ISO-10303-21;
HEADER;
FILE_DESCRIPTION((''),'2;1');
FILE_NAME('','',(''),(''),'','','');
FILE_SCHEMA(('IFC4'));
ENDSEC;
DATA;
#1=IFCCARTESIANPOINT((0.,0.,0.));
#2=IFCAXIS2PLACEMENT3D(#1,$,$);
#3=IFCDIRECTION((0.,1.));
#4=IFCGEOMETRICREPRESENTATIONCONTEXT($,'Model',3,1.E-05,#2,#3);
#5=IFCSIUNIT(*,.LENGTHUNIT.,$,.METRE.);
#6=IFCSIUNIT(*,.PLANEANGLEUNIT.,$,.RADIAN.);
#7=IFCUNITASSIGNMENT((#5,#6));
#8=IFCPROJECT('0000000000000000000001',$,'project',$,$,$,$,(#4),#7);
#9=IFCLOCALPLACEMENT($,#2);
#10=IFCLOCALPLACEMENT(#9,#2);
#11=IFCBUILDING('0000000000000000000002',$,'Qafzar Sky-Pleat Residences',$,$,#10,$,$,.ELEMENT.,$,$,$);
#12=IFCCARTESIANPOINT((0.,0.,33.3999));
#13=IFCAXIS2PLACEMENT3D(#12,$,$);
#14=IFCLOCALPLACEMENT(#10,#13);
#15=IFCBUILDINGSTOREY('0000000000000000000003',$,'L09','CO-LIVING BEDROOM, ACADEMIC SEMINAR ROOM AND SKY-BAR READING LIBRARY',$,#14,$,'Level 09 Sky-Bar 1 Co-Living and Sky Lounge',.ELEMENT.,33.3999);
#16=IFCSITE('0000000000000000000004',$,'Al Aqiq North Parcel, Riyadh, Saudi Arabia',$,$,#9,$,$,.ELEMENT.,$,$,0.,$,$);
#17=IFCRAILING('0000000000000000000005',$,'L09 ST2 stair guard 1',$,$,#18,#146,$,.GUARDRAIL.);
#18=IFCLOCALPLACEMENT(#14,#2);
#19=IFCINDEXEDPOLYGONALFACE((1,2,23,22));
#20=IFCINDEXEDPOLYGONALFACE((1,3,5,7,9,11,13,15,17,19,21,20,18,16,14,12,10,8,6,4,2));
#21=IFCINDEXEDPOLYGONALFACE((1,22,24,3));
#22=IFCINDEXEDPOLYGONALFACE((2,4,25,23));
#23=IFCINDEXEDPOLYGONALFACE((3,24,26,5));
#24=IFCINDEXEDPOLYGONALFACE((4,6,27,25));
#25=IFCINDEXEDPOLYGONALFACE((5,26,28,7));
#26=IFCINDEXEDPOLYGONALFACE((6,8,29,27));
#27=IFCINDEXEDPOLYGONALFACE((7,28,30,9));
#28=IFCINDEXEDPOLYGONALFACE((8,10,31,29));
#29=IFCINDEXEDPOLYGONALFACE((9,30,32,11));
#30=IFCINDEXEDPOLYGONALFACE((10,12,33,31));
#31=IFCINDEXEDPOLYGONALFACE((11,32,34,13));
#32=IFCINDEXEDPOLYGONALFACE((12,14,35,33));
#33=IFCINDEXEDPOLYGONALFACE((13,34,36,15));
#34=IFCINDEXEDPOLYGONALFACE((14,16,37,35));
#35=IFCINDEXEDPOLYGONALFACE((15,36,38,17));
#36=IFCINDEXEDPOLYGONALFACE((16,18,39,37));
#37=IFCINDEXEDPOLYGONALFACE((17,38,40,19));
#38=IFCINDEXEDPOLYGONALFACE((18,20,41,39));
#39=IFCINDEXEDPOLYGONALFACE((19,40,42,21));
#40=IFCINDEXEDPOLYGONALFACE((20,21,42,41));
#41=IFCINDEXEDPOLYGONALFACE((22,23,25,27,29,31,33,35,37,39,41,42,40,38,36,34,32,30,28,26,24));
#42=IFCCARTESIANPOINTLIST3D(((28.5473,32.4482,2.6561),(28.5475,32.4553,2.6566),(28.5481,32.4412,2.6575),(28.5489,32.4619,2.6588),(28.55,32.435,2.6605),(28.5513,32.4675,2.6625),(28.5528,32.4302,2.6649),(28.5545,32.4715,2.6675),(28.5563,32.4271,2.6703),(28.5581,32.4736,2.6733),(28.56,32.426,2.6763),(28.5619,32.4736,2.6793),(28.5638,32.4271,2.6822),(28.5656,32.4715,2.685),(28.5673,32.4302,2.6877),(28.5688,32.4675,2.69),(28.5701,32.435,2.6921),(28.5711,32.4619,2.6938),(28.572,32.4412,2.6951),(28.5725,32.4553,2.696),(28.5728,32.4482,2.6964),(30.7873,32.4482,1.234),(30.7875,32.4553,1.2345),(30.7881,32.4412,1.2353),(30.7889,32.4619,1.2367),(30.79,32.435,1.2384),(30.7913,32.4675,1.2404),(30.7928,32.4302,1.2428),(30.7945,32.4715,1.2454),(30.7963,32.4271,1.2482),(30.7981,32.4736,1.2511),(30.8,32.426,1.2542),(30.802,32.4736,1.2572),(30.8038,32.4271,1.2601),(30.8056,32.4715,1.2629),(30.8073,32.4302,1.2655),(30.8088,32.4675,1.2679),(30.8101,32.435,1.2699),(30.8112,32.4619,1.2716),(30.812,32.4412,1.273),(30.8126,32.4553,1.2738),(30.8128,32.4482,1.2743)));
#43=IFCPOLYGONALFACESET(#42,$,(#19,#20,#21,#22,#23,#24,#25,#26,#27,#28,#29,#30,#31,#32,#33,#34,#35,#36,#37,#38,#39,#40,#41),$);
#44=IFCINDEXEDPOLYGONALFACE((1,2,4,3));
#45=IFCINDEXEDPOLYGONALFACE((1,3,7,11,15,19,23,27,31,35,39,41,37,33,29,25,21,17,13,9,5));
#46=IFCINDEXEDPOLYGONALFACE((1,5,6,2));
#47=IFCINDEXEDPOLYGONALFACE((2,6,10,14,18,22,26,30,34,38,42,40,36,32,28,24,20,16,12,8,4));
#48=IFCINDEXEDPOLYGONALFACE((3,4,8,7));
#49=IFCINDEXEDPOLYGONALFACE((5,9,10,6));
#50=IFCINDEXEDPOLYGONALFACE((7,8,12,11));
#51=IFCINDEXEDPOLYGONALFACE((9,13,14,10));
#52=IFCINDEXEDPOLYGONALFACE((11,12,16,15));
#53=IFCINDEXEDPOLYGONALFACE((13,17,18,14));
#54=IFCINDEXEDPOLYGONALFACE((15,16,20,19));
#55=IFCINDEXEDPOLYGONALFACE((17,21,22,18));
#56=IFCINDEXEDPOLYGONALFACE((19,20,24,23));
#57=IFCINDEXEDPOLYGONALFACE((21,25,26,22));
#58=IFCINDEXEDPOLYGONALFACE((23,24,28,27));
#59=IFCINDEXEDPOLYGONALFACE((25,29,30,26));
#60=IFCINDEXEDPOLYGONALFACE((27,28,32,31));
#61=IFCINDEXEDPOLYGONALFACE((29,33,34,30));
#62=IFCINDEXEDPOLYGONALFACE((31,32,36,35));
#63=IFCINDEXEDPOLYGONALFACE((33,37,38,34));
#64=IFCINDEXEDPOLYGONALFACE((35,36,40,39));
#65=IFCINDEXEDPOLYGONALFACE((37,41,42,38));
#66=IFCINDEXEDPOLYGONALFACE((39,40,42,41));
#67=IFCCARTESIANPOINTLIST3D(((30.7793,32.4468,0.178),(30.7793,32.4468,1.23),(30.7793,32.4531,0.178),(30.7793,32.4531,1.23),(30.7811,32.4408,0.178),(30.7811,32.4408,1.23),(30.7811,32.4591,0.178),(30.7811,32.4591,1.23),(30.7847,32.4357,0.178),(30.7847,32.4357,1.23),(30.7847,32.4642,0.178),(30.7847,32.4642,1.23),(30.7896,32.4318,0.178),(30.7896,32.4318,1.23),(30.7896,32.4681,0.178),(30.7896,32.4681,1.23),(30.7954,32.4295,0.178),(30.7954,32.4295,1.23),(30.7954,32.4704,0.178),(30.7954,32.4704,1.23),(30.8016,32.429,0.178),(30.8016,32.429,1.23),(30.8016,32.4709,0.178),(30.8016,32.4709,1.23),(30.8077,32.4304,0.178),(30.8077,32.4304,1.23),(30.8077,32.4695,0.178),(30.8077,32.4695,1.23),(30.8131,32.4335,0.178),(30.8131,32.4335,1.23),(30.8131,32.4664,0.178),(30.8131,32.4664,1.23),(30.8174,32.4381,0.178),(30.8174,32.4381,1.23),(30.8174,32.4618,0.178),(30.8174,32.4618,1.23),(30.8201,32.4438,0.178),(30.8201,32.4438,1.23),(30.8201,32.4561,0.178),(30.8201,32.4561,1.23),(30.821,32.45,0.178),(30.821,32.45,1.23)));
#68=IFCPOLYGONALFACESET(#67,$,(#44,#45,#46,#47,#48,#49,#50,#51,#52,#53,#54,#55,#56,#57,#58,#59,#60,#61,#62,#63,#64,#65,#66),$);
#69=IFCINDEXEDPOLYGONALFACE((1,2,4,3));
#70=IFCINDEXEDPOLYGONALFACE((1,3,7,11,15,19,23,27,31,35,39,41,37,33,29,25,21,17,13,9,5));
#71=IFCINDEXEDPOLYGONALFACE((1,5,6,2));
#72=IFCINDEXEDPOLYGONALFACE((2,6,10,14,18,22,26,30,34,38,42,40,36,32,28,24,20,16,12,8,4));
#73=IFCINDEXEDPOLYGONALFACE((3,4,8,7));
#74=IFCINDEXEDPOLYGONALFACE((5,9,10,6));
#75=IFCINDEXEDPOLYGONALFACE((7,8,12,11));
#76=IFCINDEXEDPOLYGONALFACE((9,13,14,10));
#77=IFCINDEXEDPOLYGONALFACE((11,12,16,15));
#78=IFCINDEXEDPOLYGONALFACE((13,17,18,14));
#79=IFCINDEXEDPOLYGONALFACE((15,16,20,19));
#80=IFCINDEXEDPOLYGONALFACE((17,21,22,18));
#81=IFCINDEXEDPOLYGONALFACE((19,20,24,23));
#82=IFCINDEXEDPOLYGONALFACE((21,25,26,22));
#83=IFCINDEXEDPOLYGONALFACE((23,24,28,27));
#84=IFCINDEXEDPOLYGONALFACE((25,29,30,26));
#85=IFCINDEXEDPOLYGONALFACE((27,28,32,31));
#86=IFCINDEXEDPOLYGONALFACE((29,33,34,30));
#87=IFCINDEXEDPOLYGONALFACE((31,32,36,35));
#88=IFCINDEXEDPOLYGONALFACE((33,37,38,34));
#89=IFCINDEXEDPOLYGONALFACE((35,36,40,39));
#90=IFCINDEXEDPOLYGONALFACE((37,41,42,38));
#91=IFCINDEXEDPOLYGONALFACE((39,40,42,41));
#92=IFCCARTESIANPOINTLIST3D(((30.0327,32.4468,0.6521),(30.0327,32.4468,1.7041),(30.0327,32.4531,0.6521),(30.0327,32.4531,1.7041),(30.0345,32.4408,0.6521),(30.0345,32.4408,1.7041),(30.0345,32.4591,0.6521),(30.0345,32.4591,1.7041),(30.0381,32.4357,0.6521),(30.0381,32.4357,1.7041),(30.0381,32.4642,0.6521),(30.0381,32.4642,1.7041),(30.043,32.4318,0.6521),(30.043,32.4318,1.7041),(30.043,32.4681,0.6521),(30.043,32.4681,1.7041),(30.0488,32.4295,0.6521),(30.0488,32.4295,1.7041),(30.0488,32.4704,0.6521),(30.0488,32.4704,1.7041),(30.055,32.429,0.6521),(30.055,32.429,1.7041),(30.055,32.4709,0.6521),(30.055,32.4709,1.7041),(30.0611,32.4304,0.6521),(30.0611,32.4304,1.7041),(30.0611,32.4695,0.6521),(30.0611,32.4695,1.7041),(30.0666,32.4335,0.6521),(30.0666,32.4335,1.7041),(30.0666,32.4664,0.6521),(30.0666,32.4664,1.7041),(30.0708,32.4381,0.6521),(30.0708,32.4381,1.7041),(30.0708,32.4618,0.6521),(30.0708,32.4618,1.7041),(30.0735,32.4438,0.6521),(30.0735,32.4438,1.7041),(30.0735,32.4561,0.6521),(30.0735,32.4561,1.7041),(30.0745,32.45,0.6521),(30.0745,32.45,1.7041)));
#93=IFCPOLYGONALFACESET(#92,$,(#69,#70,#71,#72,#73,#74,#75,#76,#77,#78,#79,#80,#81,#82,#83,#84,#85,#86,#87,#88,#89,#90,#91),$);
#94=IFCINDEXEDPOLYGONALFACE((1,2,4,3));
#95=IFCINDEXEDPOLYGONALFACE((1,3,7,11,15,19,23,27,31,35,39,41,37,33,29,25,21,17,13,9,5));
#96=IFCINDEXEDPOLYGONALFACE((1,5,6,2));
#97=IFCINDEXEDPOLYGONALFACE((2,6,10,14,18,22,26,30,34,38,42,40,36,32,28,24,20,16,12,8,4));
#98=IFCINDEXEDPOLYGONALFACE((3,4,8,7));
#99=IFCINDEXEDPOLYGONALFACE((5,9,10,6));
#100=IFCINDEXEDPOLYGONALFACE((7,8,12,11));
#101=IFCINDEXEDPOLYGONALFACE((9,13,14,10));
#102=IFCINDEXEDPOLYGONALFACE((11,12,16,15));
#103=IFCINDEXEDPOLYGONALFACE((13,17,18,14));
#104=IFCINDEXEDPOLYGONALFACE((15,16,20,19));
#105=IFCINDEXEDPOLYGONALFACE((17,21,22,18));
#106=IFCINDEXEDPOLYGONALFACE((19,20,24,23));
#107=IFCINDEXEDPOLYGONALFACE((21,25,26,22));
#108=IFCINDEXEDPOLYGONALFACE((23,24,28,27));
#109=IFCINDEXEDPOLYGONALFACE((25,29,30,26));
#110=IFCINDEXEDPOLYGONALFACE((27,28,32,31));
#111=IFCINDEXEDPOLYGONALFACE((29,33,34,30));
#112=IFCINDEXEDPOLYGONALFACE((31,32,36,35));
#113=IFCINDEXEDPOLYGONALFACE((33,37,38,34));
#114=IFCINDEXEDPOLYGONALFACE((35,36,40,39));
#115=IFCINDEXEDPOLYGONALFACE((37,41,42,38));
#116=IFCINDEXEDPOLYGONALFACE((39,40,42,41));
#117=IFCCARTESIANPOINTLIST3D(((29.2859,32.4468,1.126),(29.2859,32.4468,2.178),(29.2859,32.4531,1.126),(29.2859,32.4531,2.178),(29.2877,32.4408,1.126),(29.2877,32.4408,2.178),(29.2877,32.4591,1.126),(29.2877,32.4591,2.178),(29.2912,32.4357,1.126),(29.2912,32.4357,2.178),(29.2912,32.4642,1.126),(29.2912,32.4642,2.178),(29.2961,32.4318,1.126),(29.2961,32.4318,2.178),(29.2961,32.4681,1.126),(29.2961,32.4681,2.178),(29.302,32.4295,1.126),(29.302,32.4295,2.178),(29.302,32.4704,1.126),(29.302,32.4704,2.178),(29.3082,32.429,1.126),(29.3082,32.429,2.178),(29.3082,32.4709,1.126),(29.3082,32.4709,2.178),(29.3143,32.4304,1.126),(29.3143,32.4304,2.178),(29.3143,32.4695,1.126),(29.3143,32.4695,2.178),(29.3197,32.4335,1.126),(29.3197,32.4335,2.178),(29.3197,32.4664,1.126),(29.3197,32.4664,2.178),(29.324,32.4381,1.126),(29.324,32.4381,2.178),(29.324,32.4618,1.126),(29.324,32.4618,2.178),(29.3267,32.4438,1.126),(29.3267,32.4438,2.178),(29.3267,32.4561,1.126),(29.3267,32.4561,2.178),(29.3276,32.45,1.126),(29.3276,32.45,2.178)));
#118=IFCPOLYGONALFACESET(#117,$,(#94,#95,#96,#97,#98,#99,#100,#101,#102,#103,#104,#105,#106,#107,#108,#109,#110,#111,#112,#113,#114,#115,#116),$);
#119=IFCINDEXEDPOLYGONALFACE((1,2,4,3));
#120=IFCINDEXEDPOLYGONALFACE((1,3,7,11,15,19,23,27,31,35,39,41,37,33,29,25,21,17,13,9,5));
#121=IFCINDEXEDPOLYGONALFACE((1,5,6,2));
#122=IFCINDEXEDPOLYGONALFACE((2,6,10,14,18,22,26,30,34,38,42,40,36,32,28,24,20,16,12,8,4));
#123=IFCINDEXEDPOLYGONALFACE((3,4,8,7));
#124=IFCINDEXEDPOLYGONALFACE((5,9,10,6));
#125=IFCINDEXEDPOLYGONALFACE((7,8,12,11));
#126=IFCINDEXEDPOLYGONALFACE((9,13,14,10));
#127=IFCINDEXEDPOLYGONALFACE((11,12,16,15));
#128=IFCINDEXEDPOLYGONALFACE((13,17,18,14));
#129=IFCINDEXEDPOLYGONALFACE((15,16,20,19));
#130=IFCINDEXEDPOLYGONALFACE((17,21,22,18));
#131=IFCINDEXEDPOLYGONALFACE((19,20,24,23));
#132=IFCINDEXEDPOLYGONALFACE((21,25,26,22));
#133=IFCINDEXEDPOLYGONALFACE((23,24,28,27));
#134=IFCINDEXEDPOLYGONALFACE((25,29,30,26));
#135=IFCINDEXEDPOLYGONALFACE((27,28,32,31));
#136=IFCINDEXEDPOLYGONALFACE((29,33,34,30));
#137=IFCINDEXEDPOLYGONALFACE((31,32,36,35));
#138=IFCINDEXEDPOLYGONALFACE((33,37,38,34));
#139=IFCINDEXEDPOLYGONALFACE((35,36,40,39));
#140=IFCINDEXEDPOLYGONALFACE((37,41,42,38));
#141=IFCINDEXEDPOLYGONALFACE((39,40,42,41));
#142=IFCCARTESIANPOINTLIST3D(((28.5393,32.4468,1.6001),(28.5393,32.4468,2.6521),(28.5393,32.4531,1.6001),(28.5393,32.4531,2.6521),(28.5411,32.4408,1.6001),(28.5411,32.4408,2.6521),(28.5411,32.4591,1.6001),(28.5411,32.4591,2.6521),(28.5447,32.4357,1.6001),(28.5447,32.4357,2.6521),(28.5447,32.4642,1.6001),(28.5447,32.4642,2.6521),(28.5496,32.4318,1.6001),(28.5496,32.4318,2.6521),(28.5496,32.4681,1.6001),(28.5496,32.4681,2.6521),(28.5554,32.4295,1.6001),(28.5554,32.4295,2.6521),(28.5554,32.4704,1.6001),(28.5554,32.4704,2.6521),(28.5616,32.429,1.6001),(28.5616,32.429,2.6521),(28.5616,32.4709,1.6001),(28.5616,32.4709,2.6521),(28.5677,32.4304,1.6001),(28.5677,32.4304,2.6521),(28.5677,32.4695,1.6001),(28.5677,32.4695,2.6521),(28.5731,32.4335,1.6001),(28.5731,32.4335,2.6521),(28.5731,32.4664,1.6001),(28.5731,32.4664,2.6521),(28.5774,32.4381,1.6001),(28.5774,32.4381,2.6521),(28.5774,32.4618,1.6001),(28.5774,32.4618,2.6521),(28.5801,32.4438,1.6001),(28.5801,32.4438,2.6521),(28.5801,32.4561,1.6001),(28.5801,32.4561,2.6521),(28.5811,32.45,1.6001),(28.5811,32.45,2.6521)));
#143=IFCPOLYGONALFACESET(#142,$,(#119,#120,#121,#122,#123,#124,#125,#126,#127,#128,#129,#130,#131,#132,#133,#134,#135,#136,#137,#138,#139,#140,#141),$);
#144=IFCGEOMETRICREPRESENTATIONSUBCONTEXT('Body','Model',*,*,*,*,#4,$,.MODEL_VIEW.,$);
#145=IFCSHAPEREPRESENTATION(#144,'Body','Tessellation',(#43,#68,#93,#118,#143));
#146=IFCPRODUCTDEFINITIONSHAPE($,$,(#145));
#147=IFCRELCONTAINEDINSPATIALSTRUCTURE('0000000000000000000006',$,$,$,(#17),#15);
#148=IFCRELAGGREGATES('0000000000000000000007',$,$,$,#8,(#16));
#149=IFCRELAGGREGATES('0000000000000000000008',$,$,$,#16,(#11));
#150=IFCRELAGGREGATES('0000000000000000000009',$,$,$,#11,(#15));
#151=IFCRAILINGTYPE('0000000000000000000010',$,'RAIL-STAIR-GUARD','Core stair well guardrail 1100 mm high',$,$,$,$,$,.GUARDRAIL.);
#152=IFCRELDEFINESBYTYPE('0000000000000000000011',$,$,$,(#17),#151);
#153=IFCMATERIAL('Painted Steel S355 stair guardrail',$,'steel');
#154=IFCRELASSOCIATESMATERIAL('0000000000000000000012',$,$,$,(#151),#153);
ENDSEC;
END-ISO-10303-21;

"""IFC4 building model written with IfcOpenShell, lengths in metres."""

from ifc_helpers import new_model, si_unit, direction, frame, origin, origin_2d, place, context, subcontext, project, spatial, circle, extrude, source, transform, mapped, material, type_object, element, save


model = new_model("IFC4")

# Units and contexts
model_context = context("Model", 3, precision=1e-05, world=origin(), true_north=direction((0.0, 1.0)))
body_context = subcontext(model_context, "Body", "Model", "MODEL_VIEW")
ifc_project = project(units=[si_unit("LENGTHUNIT", "METRE"), si_unit("PLANEANGLEUNIT", "RADIAN")], contexts=[model_context])

# Site, building, storey
site_placement = place(None, origin())
site = spatial("IfcSite", under=ifc_project, at=site_placement, Name="Al Aqiq North Parcel, Riyadh, Saudi Arabia", CompositionType="ELEMENT", RefElevation=0.0)
building_placement = place(site_placement, origin())
building = spatial("IfcBuilding", under=site, at=building_placement, Name="Qafzar Sky-Pleat Residences", CompositionType="ELEMENT")
storey_placement = place(building_placement, frame((0.0, 0.0, 33.3999)))
storey = spatial("IfcBuildingStorey", under=building, at=storey_placement, Name="L09", Description="CO-LIVING BEDROOM, ACADEMIC SEMINAR ROOM AND SKY-BAR READING LIBRARY", LongName="Level 09 Sky-Bar 1 Co-Living and Sky Lounge", CompositionType="ELEMENT", Elevation=33.3999)

# Railing
ifc_material_1 = material(Name="Painted Steel S355 stair guardrail", Category="steel")
railing_type_1 = type_object("IfcRailingType", Name="RAIL-STAIR-GUARD", Description="Core stair well guardrail 1100 mm high", PredefinedType="GUARDRAIL", material=ifc_material_1)
shared_shape_1 = source(origin(), body_context, "Body", "SweptSolid", [
    extrude(circle(Radius=0.0239, at=origin_2d()), frame((0.0, 0.0, 1.0762), z_axis=(-0.844229, 0.0, 0.535982), x_axis=(0.0, -1.0, 0.0)), (0.0, 0.0, 1.0), 2.6533),
    extrude(circle(Radius=0.021, at=origin_2d()), origin(), (0.0, 0.0, 1.0), 1.052),
    extrude(circle(Radius=0.021, at=origin_2d()), frame((-0.7466, 0.0, 0.4741)), (0.0, 0.0, 1.0), 1.052),
    extrude(circle(Radius=0.021, at=origin_2d()), frame((-1.4934, 0.0, 0.948)), (0.0, 0.0, 1.0), 1.052),
    extrude(circle(Radius=0.021, at=origin_2d()), frame((-2.24, 0.0, 1.4221)), (0.0, 0.0, 1.0), 1.052),
])
railing_1_placement = place(storey_placement, frame((30.8, 32.45, 0.178)))
element("IfcRailing", 1, at=railing_1_placement, inside=storey, type_object=railing_type_1, Name="L09 ST2 stair guard 1", PredefinedType="GUARDRAIL", context=body_context, shape_type="MappedRepresentation", body=[
    mapped(shared_shape_1, transform((0.0, 0.0, 0.0), x_axis=(1.0, 0.0, 0.0), y_axis=(0.0, 1.0, 0.0), z_axis=(0.0, 0.0, 1.0), scale=1.0)),
])

save(model, "model.ifc")
